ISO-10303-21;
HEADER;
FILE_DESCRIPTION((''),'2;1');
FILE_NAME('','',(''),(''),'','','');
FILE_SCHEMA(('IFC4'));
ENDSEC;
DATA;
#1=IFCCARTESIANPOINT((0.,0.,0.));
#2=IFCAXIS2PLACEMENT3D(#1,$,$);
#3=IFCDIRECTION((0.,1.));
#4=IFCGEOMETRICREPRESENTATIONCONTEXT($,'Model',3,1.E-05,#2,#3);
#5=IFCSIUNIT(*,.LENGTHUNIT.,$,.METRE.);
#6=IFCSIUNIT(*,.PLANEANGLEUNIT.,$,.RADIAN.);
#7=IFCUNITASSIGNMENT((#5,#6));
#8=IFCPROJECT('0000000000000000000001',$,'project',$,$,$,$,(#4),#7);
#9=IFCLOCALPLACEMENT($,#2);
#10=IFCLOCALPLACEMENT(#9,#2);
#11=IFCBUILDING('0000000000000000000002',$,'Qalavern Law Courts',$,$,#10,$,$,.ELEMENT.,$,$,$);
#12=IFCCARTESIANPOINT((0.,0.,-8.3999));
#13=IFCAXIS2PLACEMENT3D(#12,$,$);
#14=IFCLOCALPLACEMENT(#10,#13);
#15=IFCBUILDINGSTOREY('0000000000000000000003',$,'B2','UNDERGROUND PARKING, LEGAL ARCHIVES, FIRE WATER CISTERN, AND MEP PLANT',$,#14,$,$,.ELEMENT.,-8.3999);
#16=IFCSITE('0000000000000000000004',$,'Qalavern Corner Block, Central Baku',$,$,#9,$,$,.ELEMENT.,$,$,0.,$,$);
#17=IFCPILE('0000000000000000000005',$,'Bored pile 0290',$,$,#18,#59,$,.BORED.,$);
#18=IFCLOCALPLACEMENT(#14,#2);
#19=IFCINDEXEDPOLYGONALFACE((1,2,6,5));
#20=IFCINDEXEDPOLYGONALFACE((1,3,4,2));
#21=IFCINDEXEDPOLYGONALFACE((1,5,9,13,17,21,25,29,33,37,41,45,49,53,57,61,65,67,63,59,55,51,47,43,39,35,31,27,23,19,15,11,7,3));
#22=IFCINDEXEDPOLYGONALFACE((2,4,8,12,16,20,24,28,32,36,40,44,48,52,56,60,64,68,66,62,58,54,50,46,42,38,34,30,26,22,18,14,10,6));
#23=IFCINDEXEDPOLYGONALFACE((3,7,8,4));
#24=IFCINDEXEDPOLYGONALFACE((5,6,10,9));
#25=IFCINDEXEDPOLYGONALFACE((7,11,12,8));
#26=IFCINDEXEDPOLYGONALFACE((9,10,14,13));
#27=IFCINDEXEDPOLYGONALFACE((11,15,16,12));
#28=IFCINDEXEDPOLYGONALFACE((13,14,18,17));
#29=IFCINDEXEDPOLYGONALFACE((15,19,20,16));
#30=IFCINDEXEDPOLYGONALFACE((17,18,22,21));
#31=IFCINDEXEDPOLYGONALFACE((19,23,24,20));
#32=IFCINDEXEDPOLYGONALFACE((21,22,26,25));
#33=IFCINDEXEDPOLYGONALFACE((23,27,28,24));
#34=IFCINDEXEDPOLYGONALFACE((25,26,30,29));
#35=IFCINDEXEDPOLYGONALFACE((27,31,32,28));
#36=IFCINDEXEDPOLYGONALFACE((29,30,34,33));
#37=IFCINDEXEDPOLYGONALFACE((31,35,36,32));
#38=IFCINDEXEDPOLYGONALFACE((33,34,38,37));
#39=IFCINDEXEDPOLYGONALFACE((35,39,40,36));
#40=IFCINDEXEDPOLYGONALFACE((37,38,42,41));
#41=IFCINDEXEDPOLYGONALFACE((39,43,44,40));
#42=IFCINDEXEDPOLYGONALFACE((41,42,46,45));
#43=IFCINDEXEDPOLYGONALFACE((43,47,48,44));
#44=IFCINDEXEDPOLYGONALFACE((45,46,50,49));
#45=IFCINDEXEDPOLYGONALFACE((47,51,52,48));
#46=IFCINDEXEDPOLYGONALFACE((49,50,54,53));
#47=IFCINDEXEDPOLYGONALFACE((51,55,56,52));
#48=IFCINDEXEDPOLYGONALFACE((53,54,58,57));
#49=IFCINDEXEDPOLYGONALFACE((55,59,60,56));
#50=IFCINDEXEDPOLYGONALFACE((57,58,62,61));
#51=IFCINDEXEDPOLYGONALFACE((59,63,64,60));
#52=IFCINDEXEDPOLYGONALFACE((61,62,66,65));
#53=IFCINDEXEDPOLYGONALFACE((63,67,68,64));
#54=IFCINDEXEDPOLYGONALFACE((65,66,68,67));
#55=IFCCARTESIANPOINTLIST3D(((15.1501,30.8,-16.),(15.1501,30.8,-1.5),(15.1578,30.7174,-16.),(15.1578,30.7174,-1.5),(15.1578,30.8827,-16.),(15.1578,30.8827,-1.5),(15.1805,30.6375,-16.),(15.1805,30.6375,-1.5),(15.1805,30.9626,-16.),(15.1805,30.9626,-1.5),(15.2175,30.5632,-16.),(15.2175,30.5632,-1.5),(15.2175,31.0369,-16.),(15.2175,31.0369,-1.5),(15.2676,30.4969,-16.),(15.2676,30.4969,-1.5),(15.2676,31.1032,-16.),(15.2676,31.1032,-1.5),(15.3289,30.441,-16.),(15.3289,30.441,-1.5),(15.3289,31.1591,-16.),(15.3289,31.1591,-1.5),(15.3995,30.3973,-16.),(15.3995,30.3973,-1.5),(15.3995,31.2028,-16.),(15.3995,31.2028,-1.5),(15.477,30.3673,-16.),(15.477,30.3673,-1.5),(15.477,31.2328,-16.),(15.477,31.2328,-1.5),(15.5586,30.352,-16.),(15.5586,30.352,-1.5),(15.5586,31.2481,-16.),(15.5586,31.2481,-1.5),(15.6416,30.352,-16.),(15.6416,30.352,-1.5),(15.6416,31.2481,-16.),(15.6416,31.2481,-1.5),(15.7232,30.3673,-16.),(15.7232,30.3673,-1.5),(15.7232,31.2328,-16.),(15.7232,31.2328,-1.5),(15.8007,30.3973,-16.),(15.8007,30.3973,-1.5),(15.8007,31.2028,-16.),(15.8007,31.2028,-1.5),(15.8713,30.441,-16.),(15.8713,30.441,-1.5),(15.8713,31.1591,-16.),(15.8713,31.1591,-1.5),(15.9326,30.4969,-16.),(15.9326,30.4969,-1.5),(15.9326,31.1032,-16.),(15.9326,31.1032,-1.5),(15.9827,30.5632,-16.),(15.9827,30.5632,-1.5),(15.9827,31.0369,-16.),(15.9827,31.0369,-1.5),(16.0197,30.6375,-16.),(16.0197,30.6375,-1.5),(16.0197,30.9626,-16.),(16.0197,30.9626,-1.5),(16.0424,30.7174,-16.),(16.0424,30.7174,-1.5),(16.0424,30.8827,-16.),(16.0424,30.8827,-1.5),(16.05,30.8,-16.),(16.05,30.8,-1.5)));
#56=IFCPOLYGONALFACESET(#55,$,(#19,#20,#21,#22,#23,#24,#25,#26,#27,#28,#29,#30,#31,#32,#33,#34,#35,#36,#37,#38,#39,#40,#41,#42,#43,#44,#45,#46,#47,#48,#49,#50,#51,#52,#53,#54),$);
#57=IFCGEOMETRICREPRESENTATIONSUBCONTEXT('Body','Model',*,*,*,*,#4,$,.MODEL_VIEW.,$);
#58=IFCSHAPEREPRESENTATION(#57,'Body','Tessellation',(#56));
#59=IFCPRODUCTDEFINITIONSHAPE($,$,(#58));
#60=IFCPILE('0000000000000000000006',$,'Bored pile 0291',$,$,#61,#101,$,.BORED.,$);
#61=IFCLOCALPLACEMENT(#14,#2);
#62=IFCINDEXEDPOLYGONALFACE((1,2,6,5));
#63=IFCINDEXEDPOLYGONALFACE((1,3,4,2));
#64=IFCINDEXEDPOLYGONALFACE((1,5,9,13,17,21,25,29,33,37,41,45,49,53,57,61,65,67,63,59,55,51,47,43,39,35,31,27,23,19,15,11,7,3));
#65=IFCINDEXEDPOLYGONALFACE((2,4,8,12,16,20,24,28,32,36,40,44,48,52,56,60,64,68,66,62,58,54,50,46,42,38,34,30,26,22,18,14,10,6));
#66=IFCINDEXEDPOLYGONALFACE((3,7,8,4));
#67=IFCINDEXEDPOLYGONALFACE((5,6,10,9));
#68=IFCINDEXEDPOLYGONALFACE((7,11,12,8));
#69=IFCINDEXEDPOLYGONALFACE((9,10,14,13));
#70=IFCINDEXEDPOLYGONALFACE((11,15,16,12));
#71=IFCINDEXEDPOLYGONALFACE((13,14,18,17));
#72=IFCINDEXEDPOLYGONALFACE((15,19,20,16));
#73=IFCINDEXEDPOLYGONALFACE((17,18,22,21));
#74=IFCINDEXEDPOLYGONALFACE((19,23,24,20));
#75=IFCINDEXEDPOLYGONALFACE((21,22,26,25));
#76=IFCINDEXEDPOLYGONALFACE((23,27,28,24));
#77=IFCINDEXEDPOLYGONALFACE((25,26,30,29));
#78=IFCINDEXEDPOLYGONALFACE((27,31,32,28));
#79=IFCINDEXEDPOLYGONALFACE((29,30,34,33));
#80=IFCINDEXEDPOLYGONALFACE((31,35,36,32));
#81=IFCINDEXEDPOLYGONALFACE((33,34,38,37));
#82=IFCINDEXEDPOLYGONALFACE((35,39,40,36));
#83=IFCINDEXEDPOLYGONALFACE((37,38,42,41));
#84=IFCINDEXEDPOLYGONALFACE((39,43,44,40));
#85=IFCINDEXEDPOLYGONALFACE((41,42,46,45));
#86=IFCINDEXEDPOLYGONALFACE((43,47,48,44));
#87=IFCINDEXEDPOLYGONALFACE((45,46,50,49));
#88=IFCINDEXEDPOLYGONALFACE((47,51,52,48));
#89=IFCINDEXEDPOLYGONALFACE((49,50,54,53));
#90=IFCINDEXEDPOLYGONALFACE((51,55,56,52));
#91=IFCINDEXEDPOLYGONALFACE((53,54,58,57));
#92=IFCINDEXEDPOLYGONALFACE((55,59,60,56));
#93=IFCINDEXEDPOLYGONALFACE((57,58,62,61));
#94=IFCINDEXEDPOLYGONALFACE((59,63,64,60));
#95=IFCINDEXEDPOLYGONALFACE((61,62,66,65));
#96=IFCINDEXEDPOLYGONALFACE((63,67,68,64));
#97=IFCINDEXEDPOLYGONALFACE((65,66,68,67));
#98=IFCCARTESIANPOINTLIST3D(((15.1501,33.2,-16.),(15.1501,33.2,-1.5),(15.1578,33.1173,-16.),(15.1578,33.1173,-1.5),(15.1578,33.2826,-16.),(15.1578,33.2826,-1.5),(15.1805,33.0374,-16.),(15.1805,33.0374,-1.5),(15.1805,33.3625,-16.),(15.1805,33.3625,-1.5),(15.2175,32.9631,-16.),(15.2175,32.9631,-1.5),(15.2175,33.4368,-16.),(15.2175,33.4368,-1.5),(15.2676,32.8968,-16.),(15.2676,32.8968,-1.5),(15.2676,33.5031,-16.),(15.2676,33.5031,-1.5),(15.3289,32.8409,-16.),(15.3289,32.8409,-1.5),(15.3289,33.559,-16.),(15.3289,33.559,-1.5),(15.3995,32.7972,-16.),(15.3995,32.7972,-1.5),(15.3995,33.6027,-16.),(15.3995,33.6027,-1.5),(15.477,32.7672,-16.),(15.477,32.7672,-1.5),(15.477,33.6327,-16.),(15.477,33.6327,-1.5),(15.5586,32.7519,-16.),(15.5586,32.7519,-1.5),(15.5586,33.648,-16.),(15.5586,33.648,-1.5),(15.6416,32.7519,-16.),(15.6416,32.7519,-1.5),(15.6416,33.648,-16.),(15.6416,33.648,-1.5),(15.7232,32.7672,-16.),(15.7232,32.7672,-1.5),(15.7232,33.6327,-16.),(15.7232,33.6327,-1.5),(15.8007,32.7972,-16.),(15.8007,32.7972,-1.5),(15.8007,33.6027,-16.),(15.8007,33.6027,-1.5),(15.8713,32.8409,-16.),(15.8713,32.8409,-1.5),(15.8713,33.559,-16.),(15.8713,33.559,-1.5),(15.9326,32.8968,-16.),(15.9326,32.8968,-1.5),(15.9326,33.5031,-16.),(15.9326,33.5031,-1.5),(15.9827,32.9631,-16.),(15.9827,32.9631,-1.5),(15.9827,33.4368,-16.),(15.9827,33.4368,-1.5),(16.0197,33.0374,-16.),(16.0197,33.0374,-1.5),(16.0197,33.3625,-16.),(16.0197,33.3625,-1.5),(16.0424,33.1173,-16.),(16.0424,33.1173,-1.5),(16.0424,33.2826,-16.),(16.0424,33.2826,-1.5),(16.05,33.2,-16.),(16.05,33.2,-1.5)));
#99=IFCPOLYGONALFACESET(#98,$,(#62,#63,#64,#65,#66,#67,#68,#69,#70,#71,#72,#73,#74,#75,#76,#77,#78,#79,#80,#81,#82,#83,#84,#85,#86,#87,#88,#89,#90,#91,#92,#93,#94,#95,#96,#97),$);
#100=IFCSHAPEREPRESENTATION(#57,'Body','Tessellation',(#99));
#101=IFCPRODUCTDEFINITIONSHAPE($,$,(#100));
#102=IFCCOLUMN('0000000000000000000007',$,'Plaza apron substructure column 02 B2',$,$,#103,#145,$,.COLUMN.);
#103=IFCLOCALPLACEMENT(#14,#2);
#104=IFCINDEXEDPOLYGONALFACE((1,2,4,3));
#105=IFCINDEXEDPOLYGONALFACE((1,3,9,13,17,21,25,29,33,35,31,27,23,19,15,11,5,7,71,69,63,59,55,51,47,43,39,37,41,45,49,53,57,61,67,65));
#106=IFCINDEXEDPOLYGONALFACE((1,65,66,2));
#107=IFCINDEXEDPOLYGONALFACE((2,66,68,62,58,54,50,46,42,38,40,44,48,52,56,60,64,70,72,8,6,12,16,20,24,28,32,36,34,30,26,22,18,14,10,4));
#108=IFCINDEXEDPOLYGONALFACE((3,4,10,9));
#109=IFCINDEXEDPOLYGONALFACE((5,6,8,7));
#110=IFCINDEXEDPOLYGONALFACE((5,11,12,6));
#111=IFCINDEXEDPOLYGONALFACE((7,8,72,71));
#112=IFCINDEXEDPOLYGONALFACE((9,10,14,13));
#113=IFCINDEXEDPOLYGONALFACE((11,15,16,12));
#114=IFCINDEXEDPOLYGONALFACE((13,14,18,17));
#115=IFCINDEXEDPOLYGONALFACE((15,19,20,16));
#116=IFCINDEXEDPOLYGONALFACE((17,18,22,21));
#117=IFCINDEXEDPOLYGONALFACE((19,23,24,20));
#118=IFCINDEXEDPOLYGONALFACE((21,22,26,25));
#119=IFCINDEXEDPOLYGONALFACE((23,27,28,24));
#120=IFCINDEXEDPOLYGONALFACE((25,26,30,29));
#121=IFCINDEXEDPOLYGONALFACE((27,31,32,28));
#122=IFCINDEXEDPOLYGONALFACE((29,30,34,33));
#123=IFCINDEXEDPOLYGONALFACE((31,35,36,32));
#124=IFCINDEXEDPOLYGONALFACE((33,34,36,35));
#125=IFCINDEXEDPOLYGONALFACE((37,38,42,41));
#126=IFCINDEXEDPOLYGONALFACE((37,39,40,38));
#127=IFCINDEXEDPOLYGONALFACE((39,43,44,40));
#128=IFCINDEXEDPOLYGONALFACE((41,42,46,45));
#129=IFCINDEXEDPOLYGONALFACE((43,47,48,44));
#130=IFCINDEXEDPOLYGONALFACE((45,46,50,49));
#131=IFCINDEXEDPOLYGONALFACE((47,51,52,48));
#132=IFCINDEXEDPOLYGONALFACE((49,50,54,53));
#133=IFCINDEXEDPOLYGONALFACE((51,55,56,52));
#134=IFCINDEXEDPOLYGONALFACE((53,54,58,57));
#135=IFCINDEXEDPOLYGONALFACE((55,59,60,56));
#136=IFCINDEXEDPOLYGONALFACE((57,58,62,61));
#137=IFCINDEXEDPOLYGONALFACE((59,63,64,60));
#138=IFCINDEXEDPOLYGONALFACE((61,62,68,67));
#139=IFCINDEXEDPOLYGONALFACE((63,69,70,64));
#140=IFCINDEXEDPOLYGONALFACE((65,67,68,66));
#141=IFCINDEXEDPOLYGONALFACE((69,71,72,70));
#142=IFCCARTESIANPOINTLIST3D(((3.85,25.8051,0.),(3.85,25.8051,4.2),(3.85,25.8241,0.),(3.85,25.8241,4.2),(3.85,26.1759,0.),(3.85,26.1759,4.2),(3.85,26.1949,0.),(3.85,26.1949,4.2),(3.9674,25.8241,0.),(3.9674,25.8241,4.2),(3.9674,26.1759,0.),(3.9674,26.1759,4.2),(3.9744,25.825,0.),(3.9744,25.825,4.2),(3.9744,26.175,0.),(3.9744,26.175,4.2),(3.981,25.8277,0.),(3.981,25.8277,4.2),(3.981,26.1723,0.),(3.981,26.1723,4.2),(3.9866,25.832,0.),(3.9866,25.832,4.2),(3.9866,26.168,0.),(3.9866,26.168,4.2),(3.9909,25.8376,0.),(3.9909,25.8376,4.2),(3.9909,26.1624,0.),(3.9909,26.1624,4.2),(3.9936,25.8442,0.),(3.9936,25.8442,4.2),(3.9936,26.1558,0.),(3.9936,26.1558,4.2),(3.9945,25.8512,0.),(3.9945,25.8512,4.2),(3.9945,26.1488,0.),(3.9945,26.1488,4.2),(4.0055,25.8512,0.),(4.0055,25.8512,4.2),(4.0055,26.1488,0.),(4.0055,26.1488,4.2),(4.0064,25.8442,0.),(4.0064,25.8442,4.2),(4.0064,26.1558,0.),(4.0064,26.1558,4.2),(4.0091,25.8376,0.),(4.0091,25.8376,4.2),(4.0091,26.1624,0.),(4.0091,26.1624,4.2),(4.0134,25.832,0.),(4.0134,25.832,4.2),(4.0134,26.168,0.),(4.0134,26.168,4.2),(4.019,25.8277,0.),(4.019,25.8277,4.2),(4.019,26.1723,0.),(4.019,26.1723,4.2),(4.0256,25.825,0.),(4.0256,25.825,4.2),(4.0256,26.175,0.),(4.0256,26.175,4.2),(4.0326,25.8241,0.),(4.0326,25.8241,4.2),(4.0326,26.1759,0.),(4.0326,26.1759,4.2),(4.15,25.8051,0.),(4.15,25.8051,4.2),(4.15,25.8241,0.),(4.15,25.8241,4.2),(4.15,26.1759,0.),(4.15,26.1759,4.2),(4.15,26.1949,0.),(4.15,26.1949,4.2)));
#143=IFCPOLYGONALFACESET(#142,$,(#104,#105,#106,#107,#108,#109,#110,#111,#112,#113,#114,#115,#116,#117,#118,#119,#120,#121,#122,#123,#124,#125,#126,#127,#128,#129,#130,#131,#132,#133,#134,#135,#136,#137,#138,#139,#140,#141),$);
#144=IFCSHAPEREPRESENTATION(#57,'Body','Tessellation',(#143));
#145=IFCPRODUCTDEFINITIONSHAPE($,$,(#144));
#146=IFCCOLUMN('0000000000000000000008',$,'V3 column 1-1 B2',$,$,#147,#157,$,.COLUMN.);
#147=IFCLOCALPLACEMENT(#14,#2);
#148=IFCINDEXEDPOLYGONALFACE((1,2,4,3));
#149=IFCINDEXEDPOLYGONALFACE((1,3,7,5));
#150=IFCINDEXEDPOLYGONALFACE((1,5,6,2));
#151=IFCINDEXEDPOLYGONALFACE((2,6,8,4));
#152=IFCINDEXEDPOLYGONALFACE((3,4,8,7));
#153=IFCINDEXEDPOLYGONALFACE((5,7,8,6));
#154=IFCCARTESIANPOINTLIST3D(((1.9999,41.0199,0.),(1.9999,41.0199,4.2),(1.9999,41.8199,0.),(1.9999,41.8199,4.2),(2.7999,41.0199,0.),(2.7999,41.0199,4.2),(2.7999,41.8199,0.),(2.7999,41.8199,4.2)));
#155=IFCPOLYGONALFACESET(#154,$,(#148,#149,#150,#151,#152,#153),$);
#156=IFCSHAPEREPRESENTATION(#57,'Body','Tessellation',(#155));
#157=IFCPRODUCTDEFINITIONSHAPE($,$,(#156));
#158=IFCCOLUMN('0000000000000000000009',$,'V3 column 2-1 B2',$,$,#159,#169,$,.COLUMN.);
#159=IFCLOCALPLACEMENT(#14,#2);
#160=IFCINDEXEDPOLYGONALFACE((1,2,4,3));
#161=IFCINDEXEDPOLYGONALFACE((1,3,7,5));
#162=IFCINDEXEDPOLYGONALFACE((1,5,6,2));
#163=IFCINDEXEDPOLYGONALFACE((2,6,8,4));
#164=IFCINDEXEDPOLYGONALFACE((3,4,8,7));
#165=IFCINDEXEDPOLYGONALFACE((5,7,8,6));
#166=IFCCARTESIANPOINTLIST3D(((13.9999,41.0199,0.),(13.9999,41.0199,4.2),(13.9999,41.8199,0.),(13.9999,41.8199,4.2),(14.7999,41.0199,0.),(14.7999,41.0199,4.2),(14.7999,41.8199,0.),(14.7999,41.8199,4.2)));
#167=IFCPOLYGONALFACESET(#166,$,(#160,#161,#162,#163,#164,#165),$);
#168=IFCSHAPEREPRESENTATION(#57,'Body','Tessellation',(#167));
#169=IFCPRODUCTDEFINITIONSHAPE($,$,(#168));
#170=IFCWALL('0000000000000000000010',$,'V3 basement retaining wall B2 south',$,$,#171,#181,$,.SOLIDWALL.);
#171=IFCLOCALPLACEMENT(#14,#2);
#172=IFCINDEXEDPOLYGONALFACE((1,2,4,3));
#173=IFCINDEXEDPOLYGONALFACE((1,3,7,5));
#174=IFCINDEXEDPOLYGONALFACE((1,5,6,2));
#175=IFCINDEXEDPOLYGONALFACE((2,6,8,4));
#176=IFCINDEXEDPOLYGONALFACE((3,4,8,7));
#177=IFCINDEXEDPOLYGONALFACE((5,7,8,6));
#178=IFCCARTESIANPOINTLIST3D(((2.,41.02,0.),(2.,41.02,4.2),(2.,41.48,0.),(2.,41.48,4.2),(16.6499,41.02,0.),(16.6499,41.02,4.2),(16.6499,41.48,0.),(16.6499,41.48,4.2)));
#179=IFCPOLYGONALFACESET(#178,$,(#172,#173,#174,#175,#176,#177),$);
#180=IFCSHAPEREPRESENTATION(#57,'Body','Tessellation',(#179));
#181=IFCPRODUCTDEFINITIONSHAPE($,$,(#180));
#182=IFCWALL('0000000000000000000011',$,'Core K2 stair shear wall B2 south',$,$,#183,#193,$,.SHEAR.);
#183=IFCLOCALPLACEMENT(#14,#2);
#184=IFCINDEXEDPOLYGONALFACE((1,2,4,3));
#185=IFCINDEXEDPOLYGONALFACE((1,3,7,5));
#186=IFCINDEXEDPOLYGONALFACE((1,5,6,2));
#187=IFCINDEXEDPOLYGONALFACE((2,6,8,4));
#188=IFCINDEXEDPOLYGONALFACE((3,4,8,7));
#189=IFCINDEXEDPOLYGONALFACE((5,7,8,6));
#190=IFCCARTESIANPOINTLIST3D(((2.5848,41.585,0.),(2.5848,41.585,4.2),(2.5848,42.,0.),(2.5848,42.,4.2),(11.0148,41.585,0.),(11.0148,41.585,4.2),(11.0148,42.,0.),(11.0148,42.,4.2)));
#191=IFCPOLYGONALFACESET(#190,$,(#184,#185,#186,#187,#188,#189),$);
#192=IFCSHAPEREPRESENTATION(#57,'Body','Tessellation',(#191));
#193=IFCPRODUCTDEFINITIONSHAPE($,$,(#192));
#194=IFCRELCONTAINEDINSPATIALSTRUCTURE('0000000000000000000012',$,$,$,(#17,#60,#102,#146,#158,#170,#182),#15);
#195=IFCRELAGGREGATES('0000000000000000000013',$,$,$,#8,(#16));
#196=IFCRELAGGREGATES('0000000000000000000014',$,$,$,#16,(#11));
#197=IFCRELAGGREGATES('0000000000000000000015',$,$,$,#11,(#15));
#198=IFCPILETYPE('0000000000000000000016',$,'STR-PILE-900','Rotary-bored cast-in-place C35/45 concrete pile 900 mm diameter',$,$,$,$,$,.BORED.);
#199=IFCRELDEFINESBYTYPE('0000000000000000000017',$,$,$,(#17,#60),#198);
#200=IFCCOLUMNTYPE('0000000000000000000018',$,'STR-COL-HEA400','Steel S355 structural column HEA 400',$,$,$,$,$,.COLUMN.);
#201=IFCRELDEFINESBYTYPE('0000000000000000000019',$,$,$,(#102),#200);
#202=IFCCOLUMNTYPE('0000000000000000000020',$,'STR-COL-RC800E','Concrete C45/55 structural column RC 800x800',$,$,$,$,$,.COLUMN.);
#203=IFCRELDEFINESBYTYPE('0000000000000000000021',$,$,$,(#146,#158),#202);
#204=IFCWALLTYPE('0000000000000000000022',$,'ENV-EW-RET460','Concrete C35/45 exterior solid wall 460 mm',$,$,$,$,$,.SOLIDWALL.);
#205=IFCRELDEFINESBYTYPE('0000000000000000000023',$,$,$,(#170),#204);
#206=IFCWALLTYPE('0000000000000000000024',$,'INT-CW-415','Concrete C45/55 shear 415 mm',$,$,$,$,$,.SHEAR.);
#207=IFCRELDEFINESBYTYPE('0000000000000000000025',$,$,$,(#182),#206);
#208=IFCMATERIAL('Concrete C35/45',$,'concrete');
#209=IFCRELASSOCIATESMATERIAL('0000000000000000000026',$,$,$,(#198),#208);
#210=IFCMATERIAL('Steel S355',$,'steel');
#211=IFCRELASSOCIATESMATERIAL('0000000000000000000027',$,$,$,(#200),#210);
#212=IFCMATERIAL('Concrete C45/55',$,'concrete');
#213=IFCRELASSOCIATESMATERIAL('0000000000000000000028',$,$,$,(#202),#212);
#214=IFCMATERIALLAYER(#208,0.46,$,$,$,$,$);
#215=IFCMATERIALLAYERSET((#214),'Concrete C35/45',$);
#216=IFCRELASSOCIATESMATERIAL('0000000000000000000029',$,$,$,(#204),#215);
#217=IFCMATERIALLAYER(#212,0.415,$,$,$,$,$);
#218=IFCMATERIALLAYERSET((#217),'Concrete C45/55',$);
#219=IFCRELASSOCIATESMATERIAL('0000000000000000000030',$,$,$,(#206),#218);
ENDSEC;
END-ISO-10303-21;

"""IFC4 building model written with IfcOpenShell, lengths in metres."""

from ifc_helpers import new_model, si_unit, direction, frame, frame_2d, origin, origin_2d, place, context, subcontext, project, spatial, rectangle, circle, i_section, extrude, material, layer, layer_set, material_profile, profile_set, type_object, element, save


model = new_model("IFC4")

# Units and contexts
model_context = context("Model", 3, precision=1e-05, world=origin(), true_north=direction((0.0, 1.0)))
body_context = subcontext(model_context, "Body", "Model", "MODEL_VIEW")
ifc_project = project(units=[si_unit("LENGTHUNIT", "METRE"), si_unit("PLANEANGLEUNIT", "RADIAN")], contexts=[model_context])

# Site, building, storey
site_placement = place(None, origin())
site = spatial("IfcSite", under=ifc_project, at=site_placement, Name="Qalavern Corner Block, Central Baku", CompositionType="ELEMENT", RefElevation=0.0)
building_placement = place(site_placement, origin())
building = spatial("IfcBuilding", under=site, at=building_placement, Name="Qalavern Law Courts", CompositionType="ELEMENT")
storey_placement = place(building_placement, frame((0.0, 0.0, -8.3999)))
storey = spatial("IfcBuildingStorey", under=building, at=storey_placement, Name="B2", Description="UNDERGROUND PARKING, LEGAL ARCHIVES, FIRE WATER CISTERN, AND MEP PLANT", CompositionType="ELEMENT", Elevation=-8.3999)

# Shared definitions
ifc_material_1 = material(Name="Concrete C35/45", Category="concrete")

# Piles
ifc_material_profile_1 = material_profile(ifc_material_1, circle(Radius=0.45, at=origin_2d()), Name="BORED PILE 900")
ifc_profile_set_1 = profile_set([ifc_material_profile_1], Name="Concrete C35/45")
pile_type_1 = type_object("IfcPileType", Name="STR-PILE-900", Description="Rotary-bored cast-in-place C35/45 concrete pile 900 mm diameter", PredefinedType="BORED", material=ifc_profile_set_1)
for number, where, z_axis, x_axis, name in (
    (1, (15.6001, 30.8, -1.5), (0.0, 0.0, -1.0), (1.0, 0.0, 0.0), "Bored pile 0290"),
    (2, (15.6001, 33.2, -1.5), (0.0, 0.0, -1.0), (1.0, 0.0, 0.0), "Bored pile 0291"),
):
    element("IfcPile", number, at=place(storey_placement, frame(where, z_axis=z_axis, x_axis=x_axis)), inside=storey, type_object=pile_type_1, Name=name, PredefinedType="BORED", context=body_context, shape_type="SweptSolid", body=[
        extrude(circle(Radius=0.45, at=origin_2d()), origin(), (0.0, 0.0, 1.0), 14.5),
    ])

# Columns
ifc_material_2 = material(Name="Steel S355", Category="steel")
ifc_material_profile_2 = material_profile(ifc_material_2, i_section(OverallWidth=0.3, OverallDepth=0.3899, WebThickness=0.011, FlangeThickness=0.019, FilletRadius=0.0271, at=origin_2d()), Name="HEA 400")
ifc_profile_set_2 = profile_set([ifc_material_profile_2], Name="Steel S355")
column_type_1 = type_object("IfcColumnType", Name="STR-COL-HEA400", Description="Steel S355 structural column HEA 400", PredefinedType="COLUMN", material=ifc_profile_set_2)
column_placement = place(storey_placement, frame((4.0, 26.0, 0.0), z_axis=(0.0, 0.0, 1.0), x_axis=(1.0, 0.0, 0.0)))
element("IfcColumn", 3, at=column_placement, inside=storey, type_object=column_type_1, Name="Plaza apron substructure column 02 B2", PredefinedType="COLUMN", context=body_context, shape_type="SweptSolid", body=[
    extrude(i_section(OverallWidth=0.3, OverallDepth=0.3899, WebThickness=0.011, FlangeThickness=0.019, FilletRadius=0.0271, at=origin_2d()), origin(), (0.0, 0.0, 1.0), 4.2),
])
ifc_material_3 = material(Name="Concrete C45/55", Category="concrete")
ifc_material_profile_3 = material_profile(ifc_material_3, rectangle(XDim=0.8, YDim=0.8, at=origin_2d()), Name="RC 800x800")
ifc_profile_set_3 = profile_set([ifc_material_profile_3], Name="Concrete C45/55")
column_type_2 = type_object("IfcColumnType", Name="STR-COL-RC800E", Description="Concrete C45/55 structural column RC 800x800", PredefinedType="COLUMN", material=ifc_profile_set_3)
for number, where, z_axis, x_axis, name in (
    (4, (2.3999, 41.4199, 0.0), (0.0, 0.0, 1.0), (1.0, 0.0, 0.0), "V3 column 1-1 B2"),
    (5, (14.3999, 41.4199, 0.0), (0.0, 0.0, 1.0), (1.0, 0.0, 0.0), "V3 column 2-1 B2"),
):
    element("IfcColumn", number, at=place(storey_placement, frame(where, z_axis=z_axis, x_axis=x_axis)), inside=storey, type_object=column_type_2, Name=name, PredefinedType="COLUMN", context=body_context, shape_type="SweptSolid", body=[
        extrude(rectangle(XDim=0.8, YDim=0.8, at=origin_2d()), origin(), (0.0, 0.0, 1.0), 4.2),
    ])

# Walls
ifc_layer_1 = layer(ifc_material_1, 0.46)
ifc_layer_set_1 = layer_set([ifc_layer_1], Name="Concrete C35/45")
wall_type_1 = type_object("IfcWallType", Name="ENV-EW-RET460", Description="Concrete C35/45 exterior solid wall 460 mm", PredefinedType="SOLIDWALL", material=ifc_layer_set_1)
wall_1_placement = place(storey_placement, frame((2.0, 41.25, 0.0), z_axis=(0.0, 0.0, 1.0), x_axis=(1.0, 0.0, 0.0)))
element("IfcWall", 6, at=wall_1_placement, inside=storey, type_object=wall_type_1, Name="V3 basement retaining wall B2 south", PredefinedType="SOLIDWALL", context=body_context, shape_type="SweptSolid", body=[
    extrude(rectangle(XDim=14.6499, YDim=0.46, at=frame_2d((7.325, 0.0))), origin(), (0.0, 0.0, 1.0), 4.2),
])
ifc_layer_2 = layer(ifc_material_3, 0.415)
ifc_layer_set_2 = layer_set([ifc_layer_2], Name="Concrete C45/55")
wall_type_2 = type_object("IfcWallType", Name="INT-CW-415", Description="Concrete C45/55 shear 415 mm", PredefinedType="SHEAR", material=ifc_layer_set_2)
wall_2_placement = place(storey_placement, frame((2.585, 41.7925, 0.0), z_axis=(0.0, 0.0, 1.0), x_axis=(1.0, 0.0, 0.0)))
element("IfcWall", 7, at=wall_2_placement, inside=storey, type_object=wall_type_2, Name="Core K2 stair shear wall B2 south", PredefinedType="SHEAR", context=body_context, shape_type="SweptSolid", body=[
    extrude(rectangle(XDim=8.4299, YDim=0.415, at=frame_2d((4.2148, 0.0))), origin(), (0.0, 0.0, 1.0), 4.2),
])

save(model, "model.ifc")
